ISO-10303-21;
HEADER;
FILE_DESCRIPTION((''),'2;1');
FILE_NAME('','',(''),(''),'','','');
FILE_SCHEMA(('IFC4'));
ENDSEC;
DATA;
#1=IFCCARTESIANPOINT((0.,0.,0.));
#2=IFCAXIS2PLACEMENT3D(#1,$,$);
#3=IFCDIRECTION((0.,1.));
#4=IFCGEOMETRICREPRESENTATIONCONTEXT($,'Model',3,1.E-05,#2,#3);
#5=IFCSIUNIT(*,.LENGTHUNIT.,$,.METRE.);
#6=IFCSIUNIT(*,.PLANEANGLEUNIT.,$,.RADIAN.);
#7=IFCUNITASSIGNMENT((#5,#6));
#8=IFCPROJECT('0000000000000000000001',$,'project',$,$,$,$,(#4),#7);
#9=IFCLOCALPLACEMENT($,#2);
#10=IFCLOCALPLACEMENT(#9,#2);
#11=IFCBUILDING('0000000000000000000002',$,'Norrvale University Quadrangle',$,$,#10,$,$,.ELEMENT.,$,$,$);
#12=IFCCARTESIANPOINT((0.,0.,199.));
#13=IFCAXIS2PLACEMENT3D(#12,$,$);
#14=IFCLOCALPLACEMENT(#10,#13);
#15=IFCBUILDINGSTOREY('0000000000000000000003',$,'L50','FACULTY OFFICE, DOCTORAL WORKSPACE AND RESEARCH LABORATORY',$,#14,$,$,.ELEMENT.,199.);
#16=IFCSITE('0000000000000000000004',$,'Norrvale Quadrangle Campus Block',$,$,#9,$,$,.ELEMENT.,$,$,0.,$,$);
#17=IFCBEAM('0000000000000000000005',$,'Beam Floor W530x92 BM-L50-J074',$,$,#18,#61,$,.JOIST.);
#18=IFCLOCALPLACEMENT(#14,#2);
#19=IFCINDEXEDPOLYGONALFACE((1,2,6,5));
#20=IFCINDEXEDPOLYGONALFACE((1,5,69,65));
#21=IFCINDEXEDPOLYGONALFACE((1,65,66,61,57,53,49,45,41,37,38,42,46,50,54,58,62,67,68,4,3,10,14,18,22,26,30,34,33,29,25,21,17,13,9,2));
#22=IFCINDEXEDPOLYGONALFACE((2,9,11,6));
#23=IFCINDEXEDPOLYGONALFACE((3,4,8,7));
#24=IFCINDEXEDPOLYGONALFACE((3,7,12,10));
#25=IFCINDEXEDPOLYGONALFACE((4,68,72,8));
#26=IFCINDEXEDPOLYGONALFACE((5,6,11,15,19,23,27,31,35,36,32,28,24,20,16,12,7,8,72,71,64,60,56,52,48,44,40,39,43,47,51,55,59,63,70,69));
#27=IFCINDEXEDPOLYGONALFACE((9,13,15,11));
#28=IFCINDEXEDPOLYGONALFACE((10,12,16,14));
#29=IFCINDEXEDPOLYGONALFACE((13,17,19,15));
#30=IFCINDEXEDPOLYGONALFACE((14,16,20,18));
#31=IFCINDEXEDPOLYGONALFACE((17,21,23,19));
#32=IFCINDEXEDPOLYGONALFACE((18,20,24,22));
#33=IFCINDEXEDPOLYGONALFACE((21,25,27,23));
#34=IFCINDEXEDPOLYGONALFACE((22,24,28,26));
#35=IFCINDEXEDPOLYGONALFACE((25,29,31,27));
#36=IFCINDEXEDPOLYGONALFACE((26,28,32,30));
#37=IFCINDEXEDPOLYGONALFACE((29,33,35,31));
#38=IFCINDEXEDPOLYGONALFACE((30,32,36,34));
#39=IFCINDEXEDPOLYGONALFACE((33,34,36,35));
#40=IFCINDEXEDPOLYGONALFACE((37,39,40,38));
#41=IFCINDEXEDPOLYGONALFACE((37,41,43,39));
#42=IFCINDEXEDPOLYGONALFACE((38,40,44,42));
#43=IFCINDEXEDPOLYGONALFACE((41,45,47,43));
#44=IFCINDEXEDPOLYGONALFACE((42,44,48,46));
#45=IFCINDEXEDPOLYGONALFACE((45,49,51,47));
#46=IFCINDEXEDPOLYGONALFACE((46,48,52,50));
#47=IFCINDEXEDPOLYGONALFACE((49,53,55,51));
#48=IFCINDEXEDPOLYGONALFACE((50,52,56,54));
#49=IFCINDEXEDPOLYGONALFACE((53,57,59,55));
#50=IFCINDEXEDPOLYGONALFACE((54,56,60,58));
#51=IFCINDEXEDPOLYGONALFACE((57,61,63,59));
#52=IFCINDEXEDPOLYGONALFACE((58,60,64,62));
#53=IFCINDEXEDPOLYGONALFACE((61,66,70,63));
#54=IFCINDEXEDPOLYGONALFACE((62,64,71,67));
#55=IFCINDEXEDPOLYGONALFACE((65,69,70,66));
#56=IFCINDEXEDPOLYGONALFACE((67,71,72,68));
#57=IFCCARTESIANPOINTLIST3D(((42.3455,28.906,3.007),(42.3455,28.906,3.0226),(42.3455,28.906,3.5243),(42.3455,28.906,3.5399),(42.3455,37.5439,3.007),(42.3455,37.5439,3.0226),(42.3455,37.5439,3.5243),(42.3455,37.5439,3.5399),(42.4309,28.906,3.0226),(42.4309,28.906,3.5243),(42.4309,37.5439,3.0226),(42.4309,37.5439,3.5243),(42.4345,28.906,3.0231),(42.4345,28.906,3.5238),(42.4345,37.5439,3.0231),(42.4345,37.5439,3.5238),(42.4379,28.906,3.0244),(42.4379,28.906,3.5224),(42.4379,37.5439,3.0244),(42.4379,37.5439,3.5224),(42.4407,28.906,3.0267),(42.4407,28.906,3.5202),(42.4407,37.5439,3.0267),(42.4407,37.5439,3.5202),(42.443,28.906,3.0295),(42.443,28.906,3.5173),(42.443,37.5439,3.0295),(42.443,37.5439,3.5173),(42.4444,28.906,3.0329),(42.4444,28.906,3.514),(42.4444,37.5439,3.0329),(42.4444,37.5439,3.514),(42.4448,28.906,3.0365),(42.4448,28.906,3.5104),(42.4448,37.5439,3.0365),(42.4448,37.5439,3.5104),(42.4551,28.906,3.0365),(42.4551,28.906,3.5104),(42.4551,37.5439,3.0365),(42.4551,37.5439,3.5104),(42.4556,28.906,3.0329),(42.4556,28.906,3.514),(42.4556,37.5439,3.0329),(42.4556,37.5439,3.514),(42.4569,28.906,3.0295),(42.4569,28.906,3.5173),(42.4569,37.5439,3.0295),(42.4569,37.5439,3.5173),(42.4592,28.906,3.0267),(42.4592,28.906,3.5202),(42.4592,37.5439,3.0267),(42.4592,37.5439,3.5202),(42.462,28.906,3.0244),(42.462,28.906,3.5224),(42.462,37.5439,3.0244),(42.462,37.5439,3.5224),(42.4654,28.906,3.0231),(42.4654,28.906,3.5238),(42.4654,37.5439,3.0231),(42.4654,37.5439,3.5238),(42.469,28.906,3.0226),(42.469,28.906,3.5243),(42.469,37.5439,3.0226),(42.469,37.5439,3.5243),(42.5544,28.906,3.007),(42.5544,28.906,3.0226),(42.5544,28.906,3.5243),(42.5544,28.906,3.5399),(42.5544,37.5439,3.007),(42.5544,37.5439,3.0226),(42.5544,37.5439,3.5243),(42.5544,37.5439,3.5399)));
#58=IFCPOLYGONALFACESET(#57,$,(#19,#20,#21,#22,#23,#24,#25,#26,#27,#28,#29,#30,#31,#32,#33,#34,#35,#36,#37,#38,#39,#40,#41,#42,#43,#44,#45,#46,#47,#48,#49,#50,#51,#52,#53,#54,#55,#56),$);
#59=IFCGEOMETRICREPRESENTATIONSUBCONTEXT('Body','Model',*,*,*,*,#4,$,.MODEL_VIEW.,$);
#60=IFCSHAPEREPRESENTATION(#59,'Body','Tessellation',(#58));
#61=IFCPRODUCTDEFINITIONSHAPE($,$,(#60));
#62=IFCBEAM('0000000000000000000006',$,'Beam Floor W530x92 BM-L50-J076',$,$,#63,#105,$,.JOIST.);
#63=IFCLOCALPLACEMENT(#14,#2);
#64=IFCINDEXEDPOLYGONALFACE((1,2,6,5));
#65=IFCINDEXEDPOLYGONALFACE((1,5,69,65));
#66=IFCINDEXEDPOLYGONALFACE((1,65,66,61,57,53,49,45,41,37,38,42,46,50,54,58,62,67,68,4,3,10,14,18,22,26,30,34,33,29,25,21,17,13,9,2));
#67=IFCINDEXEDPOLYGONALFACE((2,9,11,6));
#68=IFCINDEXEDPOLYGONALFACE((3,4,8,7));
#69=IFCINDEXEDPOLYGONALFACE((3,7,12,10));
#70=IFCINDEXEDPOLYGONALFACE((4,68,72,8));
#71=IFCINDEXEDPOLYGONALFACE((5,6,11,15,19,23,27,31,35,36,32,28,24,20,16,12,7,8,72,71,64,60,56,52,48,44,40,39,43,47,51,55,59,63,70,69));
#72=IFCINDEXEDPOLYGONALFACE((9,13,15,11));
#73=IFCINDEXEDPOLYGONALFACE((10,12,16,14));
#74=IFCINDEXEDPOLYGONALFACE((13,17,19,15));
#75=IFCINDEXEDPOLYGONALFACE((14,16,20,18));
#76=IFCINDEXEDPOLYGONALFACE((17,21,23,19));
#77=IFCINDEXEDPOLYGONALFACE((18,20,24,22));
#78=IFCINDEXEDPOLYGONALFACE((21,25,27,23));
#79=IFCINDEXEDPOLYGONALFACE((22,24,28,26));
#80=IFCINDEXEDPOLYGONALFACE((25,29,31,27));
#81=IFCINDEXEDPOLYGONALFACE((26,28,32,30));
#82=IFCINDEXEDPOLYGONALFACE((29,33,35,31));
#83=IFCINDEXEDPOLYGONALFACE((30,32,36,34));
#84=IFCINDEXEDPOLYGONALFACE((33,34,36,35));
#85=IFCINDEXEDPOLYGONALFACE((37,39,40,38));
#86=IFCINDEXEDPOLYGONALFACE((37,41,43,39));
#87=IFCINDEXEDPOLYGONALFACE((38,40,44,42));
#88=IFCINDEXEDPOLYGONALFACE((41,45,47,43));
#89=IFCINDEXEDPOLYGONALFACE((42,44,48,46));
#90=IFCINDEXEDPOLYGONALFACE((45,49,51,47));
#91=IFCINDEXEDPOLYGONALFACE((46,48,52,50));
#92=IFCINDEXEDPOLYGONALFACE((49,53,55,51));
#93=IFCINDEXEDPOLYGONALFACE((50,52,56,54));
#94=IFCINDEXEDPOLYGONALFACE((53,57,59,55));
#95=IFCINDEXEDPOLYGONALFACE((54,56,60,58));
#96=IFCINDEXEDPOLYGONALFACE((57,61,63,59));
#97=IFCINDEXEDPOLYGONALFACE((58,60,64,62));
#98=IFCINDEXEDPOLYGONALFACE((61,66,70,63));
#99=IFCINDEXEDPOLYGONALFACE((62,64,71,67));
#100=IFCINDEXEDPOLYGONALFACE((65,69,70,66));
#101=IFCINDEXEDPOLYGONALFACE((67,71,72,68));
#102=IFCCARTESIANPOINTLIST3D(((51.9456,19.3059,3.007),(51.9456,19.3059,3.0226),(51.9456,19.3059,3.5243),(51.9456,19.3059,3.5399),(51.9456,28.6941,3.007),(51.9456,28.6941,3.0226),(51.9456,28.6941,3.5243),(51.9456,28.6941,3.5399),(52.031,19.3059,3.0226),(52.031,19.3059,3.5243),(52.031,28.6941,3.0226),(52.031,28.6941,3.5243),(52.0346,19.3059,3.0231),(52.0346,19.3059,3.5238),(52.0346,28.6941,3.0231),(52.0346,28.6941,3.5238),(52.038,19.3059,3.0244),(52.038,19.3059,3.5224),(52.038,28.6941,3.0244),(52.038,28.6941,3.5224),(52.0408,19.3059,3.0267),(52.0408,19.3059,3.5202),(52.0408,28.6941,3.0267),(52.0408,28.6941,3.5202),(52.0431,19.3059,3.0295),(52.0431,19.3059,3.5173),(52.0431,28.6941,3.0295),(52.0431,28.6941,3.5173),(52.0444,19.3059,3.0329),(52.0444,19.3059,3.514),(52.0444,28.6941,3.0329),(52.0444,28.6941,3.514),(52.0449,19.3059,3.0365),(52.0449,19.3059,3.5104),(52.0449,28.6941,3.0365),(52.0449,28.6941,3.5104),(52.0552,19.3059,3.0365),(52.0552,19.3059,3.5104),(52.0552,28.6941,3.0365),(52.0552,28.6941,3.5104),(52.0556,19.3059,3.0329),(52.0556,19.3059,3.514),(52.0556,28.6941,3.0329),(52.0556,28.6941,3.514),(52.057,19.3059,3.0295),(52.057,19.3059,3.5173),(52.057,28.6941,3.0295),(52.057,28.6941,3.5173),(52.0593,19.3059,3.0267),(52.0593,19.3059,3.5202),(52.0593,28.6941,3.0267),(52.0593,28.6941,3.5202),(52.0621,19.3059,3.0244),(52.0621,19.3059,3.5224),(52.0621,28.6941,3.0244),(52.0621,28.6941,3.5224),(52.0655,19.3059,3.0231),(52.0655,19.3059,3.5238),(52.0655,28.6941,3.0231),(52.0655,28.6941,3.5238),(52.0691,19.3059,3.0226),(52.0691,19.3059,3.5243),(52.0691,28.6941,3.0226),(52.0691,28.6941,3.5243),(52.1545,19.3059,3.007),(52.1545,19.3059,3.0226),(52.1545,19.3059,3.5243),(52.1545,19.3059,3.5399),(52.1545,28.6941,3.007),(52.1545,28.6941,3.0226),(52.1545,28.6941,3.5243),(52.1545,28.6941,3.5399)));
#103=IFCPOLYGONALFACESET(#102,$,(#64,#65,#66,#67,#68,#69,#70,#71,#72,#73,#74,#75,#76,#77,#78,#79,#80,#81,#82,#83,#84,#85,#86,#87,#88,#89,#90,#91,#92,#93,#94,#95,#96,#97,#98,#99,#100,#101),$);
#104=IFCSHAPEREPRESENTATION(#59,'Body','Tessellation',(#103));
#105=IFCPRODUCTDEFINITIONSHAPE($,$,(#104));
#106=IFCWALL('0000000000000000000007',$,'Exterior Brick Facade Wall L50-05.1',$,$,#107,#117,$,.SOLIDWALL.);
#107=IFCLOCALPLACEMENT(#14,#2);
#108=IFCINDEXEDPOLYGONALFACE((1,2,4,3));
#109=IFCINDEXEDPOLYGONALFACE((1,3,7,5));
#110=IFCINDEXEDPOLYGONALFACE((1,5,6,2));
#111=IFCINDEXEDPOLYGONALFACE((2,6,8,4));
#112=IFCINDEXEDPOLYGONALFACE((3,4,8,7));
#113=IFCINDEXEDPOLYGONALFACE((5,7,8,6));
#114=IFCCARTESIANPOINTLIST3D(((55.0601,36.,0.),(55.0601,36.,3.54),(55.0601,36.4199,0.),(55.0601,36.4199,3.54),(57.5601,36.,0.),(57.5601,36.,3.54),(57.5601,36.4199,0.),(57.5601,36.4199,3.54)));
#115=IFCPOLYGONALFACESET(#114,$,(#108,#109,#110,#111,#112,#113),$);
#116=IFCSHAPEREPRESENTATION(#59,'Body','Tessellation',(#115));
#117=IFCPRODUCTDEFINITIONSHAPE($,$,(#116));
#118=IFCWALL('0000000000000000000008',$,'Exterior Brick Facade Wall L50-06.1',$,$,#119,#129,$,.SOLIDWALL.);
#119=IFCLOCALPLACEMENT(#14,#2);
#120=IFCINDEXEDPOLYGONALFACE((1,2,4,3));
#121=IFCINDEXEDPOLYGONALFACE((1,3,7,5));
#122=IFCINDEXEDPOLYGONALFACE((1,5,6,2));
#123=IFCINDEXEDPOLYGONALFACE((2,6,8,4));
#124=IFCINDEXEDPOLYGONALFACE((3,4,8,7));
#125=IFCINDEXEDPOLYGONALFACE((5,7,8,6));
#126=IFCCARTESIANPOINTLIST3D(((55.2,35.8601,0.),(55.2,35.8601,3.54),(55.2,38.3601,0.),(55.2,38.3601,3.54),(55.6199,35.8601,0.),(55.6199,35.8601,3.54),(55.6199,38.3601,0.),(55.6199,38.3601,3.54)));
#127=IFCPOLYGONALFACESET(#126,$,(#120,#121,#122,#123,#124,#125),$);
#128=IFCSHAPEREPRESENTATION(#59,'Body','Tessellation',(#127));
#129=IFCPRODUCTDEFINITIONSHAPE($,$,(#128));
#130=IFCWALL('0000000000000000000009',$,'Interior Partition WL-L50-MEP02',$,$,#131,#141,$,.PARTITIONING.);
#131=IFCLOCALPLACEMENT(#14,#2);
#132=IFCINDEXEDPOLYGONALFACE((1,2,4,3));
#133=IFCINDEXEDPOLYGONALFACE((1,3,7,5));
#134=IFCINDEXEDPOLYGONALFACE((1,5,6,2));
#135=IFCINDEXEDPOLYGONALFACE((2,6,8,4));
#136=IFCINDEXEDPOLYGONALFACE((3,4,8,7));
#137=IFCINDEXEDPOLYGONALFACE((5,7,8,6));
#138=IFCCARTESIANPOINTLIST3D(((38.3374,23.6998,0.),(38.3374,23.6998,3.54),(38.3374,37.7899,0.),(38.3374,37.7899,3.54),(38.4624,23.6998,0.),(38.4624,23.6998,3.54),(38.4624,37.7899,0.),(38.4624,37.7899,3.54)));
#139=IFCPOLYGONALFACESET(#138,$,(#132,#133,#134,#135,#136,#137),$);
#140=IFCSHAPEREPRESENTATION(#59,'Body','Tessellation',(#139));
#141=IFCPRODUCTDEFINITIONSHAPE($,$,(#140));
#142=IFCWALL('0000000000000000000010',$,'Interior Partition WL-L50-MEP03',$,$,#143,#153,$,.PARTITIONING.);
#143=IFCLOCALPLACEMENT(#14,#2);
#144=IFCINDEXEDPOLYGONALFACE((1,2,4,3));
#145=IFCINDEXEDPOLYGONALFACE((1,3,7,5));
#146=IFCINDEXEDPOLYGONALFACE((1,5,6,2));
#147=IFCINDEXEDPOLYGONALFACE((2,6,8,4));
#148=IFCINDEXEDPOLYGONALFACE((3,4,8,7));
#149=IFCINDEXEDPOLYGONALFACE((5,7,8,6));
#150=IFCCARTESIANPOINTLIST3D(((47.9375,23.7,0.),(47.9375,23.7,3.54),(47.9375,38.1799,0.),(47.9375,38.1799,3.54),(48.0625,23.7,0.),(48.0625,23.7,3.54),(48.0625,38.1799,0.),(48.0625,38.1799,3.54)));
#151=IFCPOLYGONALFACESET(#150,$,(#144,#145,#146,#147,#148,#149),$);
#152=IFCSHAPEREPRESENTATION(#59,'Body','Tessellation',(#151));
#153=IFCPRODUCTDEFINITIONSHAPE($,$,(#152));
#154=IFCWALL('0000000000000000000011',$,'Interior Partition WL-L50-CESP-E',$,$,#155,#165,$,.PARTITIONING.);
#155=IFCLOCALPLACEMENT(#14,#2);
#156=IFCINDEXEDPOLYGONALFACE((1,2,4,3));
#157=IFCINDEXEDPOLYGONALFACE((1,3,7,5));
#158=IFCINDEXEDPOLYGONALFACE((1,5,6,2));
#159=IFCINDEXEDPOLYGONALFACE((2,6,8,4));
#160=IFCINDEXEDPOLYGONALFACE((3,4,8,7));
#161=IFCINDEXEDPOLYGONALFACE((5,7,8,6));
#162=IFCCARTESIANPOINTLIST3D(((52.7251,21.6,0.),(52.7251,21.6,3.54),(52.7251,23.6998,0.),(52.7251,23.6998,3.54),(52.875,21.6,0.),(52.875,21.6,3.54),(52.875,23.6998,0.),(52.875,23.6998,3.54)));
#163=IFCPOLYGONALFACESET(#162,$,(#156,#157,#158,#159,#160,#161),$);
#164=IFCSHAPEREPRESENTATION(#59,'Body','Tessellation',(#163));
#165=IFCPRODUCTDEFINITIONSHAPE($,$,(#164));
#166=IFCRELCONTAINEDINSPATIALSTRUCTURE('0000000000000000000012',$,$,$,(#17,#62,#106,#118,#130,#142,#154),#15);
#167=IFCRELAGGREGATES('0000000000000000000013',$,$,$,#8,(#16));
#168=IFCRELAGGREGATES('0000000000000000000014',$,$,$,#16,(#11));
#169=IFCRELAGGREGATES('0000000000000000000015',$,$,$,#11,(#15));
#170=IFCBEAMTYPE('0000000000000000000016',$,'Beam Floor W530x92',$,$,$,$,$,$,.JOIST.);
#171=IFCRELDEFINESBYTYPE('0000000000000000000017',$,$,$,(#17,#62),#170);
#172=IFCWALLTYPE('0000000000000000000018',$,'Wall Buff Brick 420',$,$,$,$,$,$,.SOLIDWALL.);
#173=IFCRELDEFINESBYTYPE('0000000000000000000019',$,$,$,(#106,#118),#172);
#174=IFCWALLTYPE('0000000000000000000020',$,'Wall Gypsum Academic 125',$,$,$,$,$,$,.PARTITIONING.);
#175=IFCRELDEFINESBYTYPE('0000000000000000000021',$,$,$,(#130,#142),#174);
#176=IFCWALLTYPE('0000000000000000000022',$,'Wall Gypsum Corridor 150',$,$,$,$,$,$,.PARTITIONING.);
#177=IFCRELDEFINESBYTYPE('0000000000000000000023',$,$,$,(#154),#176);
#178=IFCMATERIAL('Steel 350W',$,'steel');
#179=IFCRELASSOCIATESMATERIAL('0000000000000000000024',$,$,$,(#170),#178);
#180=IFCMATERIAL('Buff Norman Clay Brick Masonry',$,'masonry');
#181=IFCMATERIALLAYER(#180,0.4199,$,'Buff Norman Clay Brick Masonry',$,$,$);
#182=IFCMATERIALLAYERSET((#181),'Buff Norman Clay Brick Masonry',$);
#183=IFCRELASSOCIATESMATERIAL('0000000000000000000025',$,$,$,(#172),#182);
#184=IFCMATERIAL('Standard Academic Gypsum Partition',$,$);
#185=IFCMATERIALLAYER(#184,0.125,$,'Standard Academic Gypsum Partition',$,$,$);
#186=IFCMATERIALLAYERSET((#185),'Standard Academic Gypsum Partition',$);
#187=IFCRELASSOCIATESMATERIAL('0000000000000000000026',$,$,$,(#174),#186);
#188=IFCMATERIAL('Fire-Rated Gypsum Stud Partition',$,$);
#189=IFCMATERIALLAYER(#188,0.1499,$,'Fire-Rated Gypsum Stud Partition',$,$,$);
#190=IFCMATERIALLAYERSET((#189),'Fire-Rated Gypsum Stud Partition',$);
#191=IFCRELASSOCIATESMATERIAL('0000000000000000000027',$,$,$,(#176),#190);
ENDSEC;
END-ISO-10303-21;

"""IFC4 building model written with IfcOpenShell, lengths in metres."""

from ifc_helpers import new_model, si_unit, direction, frame, frame_2d, origin, origin_2d, place, context, subcontext, project, spatial, rectangle, i_section, extrude, material, layer, layer_set, material_profile, profile_set, type_object, element, save


model = new_model("IFC4")

# Units and contexts
model_context = context("Model", 3, precision=1e-05, world=origin(), true_north=direction((0.0, 1.0)))
body_context = subcontext(model_context, "Body", "Model", "MODEL_VIEW")
ifc_project = project(units=[si_unit("LENGTHUNIT", "METRE"), si_unit("PLANEANGLEUNIT", "RADIAN")], contexts=[model_context])

# Site, building, storey
site_placement = place(None, origin())
site = spatial("IfcSite", under=ifc_project, at=site_placement, Name="Norrvale Quadrangle Campus Block", CompositionType="ELEMENT", RefElevation=0.0)
building_placement = place(site_placement, origin())
building = spatial("IfcBuilding", under=site, at=building_placement, Name="Norrvale University Quadrangle", CompositionType="ELEMENT")
storey_placement = place(building_placement, frame((0.0, 0.0, 199.0)))
storey = spatial("IfcBuildingStorey", under=building, at=storey_placement, Name="L50", Description="FACULTY OFFICE, DOCTORAL WORKSPACE AND RESEARCH LABORATORY", CompositionType="ELEMENT", Elevation=199.0)

# Beams
ifc_material_1 = material(Name="Steel 350W", Category="steel")
ifc_material_profile_1 = material_profile(ifc_material_1, i_section(OverallWidth=0.209, OverallDepth=0.533, WebThickness=0.0103, FlangeThickness=0.0156, FilletRadius=0.0139, at=origin_2d()), Name="Steel 350W")
ifc_profile_set_1 = profile_set([ifc_material_profile_1], Name="Steel 350W")
beam_type_1 = type_object("IfcBeamType", Name="Beam Floor W530x92", PredefinedType="JOIST", material=ifc_profile_set_1)
beam_1_placement = place(storey_placement, frame((42.45, 28.906, 3.2734), z_axis=(0.0, 1.0, 0.0), x_axis=(-1.0, 0.0, 0.0)))
element("IfcBeam", 1, at=beam_1_placement, inside=storey, type_object=beam_type_1, Name="Beam Floor W530x92 BM-L50-J074", PredefinedType="JOIST", context=body_context, shape_type="SweptSolid", body=[
    extrude(i_section(OverallWidth=0.209, OverallDepth=0.533, WebThickness=0.0103, FlangeThickness=0.0156, FilletRadius=0.0139, at=origin_2d()), origin(), (0.0, 0.0, 1.0), 8.6379),
])
beam_2_placement = place(storey_placement, frame((52.05, 19.3059, 3.2734), z_axis=(0.0, 1.0, 0.0), x_axis=(-1.0, 0.0, 0.0)))
element("IfcBeam", 2, at=beam_2_placement, inside=storey, type_object=beam_type_1, Name="Beam Floor W530x92 BM-L50-J076", PredefinedType="JOIST", context=body_context, shape_type="SweptSolid", body=[
    extrude(i_section(OverallWidth=0.209, OverallDepth=0.533, WebThickness=0.0103, FlangeThickness=0.0156, FilletRadius=0.0139, at=origin_2d()), origin(), (0.0, 0.0, 1.0), 9.3882),
])

# Walls
ifc_material_2 = material(Name="Buff Norman Clay Brick Masonry", Category="masonry")
ifc_layer_1 = layer(ifc_material_2, 0.4199, Name="Buff Norman Clay Brick Masonry")
ifc_layer_set_1 = layer_set([ifc_layer_1], Name="Buff Norman Clay Brick Masonry")
wall_type_1 = type_object("IfcWallType", Name="Wall Buff Brick 420", PredefinedType="SOLIDWALL", material=ifc_layer_set_1)
for number, where, z_axis, x_axis, name in (
    (3, (57.5601, 36.21, 0.0), (0.0, 0.0, 1.0), (-1.0, 0.0, 0.0), "Exterior Brick Facade Wall L50-05.1"),
    (4, (55.4099, 35.8601, 0.0), (0.0, 0.0, 1.0), (0.0, 1.0, 0.0), "Exterior Brick Facade Wall L50-06.1"),
):
    element("IfcWall", number, at=place(storey_placement, frame(where, z_axis=z_axis, x_axis=x_axis)), inside=storey, type_object=wall_type_1, Name=name, PredefinedType="SOLIDWALL", context=body_context, shape_type="SweptSolid", body=[
        extrude(rectangle(XDim=2.5, YDim=0.4199, at=frame_2d((1.25, 0.0))), origin(), (0.0, 0.0, 1.0), 3.54),
    ])
ifc_material_3 = material(Name="Standard Academic Gypsum Partition")
ifc_layer_2 = layer(ifc_material_3, 0.125, Name="Standard Academic Gypsum Partition")
ifc_layer_set_2 = layer_set([ifc_layer_2], Name="Standard Academic Gypsum Partition")
wall_type_2 = type_object("IfcWallType", Name="Wall Gypsum Academic 125", PredefinedType="PARTITIONING", material=ifc_layer_set_2)
wall_1_placement = place(storey_placement, frame((38.3999, 23.7, 0.0), z_axis=(0.0, 0.0, 1.0), x_axis=(0.0, 1.0, 0.0)))
element("IfcWall", 5, at=wall_1_placement, inside=storey, type_object=wall_type_2, Name="Interior Partition WL-L50-MEP02", PredefinedType="PARTITIONING", context=body_context, shape_type="SweptSolid", body=[
    extrude(rectangle(XDim=14.0901, YDim=0.125, at=frame_2d((7.0449, 0.0))), origin(), (0.0, 0.0, 1.0), 3.54),
])
wall_2_placement = place(storey_placement, frame((48.0, 23.7, 0.0), z_axis=(0.0, 0.0, 1.0), x_axis=(0.0, 1.0, 0.0)))
element("IfcWall", 6, at=wall_2_placement, inside=storey, type_object=wall_type_2, Name="Interior Partition WL-L50-MEP03", PredefinedType="PARTITIONING", context=body_context, shape_type="SweptSolid", body=[
    extrude(rectangle(XDim=14.48, YDim=0.125, at=frame_2d((7.24, 0.0))), origin(), (0.0, 0.0, 1.0), 3.54),
])
ifc_material_4 = material(Name="Fire-Rated Gypsum Stud Partition")
ifc_layer_3 = layer(ifc_material_4, 0.1499, Name="Fire-Rated Gypsum Stud Partition")
ifc_layer_set_3 = layer_set([ifc_layer_3], Name="Fire-Rated Gypsum Stud Partition")
wall_type_3 = type_object("IfcWallType", Name="Wall Gypsum Corridor 150", PredefinedType="PARTITIONING", material=ifc_layer_set_3)
wall_3_placement = place(storey_placement, frame((52.8, 21.6001, 0.0), z_axis=(0.0, 0.0, 1.0), x_axis=(0.0, 1.0, 0.0)))
element("IfcWall", 7, at=wall_3_placement, inside=storey, type_object=wall_type_3, Name="Interior Partition WL-L50-CESP-E", PredefinedType="PARTITIONING", context=body_context, shape_type="SweptSolid", body=[
    extrude(rectangle(XDim=2.0999, YDim=0.1499, at=frame_2d((1.0498, 0.0))), origin(), (0.0, 0.0, 1.0), 3.54),
])

save(model, "model.ifc")
